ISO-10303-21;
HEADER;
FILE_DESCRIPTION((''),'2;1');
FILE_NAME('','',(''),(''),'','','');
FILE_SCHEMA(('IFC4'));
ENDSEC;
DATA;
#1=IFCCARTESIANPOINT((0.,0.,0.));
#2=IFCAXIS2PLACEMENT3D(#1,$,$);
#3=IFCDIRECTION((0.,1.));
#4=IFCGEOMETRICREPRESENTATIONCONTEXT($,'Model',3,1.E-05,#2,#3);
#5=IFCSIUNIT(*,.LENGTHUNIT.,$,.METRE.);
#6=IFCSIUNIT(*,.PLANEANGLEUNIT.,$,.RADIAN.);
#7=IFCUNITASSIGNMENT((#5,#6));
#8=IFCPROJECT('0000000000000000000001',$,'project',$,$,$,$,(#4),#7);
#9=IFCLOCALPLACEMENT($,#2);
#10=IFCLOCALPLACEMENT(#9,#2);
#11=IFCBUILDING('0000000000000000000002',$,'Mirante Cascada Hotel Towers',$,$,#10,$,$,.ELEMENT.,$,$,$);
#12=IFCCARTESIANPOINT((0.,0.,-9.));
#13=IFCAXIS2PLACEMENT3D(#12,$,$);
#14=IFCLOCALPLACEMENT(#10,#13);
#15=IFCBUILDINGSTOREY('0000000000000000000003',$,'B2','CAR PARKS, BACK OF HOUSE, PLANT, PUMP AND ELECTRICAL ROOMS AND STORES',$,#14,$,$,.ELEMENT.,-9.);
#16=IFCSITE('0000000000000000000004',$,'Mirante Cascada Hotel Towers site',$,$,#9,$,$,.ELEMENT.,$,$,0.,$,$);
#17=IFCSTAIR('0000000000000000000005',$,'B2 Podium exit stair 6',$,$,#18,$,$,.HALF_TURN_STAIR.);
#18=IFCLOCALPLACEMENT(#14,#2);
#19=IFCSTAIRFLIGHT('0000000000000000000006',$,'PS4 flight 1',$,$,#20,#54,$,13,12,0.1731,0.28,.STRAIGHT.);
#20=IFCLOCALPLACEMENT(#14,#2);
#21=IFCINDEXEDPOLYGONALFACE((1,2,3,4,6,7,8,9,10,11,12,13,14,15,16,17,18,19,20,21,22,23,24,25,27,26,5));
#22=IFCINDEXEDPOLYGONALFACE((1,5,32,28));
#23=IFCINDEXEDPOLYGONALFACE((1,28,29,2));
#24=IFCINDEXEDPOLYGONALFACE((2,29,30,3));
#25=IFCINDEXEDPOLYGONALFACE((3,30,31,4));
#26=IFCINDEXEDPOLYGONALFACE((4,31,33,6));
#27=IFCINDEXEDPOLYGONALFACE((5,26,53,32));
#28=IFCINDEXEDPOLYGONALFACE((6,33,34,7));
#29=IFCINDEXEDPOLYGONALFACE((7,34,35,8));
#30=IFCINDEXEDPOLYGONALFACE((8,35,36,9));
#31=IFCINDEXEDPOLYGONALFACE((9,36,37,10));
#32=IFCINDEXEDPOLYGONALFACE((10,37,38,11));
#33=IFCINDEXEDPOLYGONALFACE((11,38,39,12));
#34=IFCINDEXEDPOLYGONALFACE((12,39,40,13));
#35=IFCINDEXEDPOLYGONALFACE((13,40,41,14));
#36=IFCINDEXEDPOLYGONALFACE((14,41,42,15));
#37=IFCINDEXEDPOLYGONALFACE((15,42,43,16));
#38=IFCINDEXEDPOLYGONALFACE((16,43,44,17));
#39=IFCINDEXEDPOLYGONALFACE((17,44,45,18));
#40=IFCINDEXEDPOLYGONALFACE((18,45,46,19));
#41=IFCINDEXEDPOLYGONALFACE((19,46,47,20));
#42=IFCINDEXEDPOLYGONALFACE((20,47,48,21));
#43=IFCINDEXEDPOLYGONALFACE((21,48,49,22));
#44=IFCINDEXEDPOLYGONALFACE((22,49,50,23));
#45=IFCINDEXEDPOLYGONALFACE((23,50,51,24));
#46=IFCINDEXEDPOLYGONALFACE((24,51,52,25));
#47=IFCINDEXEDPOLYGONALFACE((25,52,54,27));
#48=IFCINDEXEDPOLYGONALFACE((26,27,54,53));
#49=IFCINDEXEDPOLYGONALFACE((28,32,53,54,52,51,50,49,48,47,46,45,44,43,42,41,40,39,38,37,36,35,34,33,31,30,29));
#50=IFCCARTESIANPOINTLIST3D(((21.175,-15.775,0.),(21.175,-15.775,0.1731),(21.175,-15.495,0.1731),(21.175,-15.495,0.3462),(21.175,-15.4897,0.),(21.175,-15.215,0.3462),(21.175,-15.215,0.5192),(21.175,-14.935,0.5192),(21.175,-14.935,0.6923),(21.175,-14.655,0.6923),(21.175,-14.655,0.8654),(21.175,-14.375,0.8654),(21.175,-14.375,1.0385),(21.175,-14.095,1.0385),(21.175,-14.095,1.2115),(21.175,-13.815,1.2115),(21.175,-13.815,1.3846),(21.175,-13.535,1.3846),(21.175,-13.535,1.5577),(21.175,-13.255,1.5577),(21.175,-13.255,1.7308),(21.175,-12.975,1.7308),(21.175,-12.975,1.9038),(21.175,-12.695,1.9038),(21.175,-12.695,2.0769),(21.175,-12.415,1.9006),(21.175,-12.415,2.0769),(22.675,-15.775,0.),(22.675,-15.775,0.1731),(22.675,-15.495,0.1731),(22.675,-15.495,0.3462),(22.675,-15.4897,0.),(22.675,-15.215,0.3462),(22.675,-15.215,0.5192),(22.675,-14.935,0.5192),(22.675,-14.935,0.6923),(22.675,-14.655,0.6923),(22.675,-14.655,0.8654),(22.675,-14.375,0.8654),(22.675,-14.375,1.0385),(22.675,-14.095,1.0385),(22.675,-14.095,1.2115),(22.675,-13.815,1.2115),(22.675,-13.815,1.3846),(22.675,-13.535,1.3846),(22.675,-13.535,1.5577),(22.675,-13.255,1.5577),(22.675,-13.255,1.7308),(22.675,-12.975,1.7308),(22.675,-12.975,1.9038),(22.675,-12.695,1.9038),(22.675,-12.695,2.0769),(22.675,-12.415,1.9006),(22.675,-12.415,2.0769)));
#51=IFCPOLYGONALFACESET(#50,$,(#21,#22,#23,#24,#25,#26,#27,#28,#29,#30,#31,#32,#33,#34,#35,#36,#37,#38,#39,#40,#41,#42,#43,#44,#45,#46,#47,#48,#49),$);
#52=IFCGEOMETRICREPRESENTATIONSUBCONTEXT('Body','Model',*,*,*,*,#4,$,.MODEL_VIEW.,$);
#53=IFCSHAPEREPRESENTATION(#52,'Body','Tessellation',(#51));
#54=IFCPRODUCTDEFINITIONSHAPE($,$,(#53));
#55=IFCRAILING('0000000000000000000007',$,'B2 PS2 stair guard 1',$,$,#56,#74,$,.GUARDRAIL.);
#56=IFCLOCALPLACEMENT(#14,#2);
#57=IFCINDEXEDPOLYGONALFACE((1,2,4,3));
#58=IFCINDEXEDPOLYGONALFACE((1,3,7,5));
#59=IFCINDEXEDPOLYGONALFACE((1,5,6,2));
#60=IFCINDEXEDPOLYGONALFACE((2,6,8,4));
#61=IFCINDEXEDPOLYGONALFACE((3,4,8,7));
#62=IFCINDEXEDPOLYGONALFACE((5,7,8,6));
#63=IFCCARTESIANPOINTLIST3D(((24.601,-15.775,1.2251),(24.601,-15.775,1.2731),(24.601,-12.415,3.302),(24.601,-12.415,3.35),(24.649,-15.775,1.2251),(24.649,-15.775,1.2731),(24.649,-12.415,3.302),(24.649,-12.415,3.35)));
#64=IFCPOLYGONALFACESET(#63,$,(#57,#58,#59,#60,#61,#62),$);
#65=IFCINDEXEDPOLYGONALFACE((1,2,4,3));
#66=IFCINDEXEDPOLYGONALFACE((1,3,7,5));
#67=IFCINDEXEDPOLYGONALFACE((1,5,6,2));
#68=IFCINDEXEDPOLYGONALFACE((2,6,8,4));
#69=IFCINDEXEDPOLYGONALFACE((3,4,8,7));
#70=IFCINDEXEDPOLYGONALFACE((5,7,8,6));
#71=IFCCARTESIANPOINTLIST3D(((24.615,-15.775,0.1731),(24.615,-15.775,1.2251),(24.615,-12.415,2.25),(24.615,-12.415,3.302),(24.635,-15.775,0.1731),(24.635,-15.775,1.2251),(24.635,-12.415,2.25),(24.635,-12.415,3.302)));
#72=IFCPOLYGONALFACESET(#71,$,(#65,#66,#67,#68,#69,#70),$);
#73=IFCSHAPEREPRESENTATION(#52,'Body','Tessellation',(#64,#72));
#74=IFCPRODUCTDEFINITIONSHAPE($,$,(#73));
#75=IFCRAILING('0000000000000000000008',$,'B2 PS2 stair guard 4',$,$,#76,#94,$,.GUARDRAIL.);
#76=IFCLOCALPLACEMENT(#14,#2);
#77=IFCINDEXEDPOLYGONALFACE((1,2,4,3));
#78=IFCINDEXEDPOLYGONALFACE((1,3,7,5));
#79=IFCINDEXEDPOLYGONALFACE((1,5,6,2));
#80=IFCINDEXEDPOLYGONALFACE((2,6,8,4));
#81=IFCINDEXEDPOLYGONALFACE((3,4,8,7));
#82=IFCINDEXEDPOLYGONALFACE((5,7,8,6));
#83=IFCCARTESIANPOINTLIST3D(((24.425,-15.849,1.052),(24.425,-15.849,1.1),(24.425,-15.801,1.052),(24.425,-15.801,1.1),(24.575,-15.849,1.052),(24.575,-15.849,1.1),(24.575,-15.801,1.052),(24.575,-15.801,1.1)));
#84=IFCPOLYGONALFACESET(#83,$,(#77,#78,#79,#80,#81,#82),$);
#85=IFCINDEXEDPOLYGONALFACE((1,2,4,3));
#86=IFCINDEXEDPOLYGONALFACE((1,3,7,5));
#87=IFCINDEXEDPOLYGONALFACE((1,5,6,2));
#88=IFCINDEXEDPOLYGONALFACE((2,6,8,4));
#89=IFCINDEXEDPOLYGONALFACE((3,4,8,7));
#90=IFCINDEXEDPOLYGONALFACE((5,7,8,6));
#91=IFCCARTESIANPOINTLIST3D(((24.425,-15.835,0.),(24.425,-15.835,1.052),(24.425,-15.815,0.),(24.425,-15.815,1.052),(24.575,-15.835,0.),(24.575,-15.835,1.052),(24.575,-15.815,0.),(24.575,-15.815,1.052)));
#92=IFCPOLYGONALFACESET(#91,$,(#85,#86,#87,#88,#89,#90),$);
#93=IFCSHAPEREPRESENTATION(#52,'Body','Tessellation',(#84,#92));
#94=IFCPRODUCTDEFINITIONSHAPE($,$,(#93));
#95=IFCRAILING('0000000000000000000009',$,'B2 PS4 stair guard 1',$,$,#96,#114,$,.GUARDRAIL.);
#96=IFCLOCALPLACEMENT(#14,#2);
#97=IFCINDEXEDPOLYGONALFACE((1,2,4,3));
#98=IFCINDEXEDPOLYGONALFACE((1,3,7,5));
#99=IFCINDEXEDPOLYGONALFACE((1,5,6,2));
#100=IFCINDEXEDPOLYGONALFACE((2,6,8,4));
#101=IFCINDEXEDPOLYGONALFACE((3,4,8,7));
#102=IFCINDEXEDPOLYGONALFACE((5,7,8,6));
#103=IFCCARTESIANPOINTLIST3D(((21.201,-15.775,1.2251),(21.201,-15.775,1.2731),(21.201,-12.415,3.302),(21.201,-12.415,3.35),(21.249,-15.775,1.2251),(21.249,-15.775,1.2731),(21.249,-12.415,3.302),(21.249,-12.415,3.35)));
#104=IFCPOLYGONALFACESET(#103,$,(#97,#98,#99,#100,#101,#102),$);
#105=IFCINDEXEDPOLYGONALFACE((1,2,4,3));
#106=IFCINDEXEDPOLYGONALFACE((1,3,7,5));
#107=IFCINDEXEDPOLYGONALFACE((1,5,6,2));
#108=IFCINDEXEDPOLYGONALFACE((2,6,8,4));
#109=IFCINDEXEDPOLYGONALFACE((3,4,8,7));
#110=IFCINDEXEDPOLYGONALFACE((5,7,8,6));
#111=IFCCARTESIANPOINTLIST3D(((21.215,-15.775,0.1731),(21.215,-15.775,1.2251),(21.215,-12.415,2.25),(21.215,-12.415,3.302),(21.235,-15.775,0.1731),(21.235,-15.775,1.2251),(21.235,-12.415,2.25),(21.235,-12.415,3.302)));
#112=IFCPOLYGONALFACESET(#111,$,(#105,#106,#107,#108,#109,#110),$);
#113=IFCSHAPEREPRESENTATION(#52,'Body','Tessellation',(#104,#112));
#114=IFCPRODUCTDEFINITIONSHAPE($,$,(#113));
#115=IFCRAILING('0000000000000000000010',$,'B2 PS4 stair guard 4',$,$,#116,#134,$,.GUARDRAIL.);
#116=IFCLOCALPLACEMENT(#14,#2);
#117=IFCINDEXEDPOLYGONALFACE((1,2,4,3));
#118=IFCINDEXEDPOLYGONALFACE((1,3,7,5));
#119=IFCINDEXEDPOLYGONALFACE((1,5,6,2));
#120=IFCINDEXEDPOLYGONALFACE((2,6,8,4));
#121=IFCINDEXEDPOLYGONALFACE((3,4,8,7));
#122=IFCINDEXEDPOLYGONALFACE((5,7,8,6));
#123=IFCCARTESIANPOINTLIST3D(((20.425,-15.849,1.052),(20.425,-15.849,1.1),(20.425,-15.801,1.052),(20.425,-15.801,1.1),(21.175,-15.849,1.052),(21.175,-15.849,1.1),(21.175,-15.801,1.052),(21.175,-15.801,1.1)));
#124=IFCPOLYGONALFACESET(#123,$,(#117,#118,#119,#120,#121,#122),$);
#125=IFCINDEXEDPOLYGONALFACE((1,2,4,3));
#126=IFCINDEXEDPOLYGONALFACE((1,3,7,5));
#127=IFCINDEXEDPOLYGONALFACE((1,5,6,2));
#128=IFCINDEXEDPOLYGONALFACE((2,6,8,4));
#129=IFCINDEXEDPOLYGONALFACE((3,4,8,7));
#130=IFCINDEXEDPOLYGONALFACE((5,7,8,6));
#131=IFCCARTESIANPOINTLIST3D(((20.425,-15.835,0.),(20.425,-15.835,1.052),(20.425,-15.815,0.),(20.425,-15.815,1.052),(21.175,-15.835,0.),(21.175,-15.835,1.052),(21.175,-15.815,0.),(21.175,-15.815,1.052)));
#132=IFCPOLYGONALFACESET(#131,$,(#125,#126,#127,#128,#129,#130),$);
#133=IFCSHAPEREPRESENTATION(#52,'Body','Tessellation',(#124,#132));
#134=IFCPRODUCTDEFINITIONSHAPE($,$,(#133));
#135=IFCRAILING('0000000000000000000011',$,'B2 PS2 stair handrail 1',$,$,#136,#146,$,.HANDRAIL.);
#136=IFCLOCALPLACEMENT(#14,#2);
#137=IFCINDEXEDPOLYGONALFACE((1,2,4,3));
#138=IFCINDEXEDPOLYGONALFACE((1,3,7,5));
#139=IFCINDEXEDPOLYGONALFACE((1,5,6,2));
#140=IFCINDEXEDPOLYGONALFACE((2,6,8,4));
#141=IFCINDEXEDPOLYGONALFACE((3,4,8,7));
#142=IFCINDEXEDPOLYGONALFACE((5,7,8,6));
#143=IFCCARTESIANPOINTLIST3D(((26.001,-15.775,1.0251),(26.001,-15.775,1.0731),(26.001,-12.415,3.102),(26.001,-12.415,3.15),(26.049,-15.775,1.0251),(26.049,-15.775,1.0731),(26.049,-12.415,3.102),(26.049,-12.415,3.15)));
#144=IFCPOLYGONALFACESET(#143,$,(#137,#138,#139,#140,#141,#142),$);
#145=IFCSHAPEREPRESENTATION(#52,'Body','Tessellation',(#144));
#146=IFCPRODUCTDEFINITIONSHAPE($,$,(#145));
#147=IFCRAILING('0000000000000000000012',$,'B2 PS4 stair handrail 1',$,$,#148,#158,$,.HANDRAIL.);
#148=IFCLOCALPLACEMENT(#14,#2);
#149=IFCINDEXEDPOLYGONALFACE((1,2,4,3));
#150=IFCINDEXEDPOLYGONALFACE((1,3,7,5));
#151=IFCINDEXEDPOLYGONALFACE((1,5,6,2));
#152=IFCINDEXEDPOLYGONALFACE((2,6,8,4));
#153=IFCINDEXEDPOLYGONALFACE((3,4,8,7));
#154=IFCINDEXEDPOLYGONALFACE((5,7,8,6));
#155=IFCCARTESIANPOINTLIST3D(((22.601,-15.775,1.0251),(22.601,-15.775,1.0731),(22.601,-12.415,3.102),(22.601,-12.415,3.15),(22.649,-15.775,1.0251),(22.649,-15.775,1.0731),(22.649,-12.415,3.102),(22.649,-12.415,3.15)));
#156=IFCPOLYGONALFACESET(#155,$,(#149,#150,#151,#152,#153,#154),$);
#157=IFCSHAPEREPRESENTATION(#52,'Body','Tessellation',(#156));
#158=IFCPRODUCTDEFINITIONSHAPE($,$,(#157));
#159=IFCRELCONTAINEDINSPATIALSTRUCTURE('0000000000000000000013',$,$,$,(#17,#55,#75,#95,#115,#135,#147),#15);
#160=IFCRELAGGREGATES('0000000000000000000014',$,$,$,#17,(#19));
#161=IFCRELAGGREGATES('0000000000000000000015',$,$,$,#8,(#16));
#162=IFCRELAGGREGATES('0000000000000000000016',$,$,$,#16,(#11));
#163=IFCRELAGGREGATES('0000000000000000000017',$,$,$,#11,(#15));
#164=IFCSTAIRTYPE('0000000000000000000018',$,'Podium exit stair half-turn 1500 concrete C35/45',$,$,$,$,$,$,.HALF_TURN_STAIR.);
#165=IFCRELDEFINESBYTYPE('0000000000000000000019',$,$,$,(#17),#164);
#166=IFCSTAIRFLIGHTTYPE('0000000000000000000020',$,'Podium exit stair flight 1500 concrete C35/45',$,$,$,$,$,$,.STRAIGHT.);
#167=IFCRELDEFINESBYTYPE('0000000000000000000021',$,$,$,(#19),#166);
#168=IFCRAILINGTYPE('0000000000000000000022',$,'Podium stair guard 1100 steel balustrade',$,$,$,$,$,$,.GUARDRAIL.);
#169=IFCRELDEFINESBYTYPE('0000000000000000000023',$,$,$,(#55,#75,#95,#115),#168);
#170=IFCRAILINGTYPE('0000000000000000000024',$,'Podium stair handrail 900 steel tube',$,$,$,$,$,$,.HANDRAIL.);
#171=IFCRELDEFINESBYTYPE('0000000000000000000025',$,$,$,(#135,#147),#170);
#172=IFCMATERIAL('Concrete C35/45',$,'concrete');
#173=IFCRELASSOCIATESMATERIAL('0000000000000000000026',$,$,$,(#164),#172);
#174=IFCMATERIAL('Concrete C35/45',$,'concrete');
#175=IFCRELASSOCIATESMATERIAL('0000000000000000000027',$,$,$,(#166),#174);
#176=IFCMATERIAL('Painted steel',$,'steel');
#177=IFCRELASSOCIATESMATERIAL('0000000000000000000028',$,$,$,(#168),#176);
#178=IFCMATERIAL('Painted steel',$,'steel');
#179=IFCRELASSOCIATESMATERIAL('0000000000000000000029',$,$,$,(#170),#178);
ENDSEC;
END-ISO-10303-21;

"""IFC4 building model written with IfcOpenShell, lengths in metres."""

from ifc_helpers import new_model, si_unit, direction, frame, origin, origin_2d, place, context, subcontext, project, spatial, polyline, rectangle, outline, extrude, material, type_object, element, aggregate, save


model = new_model("IFC4")

# Units and contexts
model_context = context("Model", 3, precision=1e-05, world=origin(), true_north=direction((0.0, 1.0)))
body_context = subcontext(model_context, "Body", "Model", "MODEL_VIEW")
ifc_project = project(units=[si_unit("LENGTHUNIT", "METRE"), si_unit("PLANEANGLEUNIT", "RADIAN")], contexts=[model_context])

# Site, building, storey
site_placement = place(None, origin())
site = spatial("IfcSite", under=ifc_project, at=site_placement, Name="Mirante Cascada Hotel Towers site", CompositionType="ELEMENT", RefElevation=0.0)
building_placement = place(site_placement, origin())
building = spatial("IfcBuilding", under=site, at=building_placement, Name="Mirante Cascada Hotel Towers", CompositionType="ELEMENT")
storey_placement = place(building_placement, frame((0.0, 0.0, -9.0)))
storey = spatial("IfcBuildingStorey", under=building, at=storey_placement, Name="B2", Description="CAR PARKS, BACK OF HOUSE, PLANT, PUMP AND ELECTRICAL ROOMS AND STORES", CompositionType="ELEMENT", Elevation=-9.0)

# Stair, stair flight
ifc_material_1 = material(Name="Concrete C35/45", Category="concrete")
stair_type = type_object("IfcStairType", Name="Podium exit stair half-turn 1500 concrete C35/45", PredefinedType="HALF_TURN_STAIR", material=ifc_material_1)
ifc_material_2 = material(Name="Concrete C35/45", Category="concrete")
stair_flight_type = type_object("IfcStairFlightType", Name="Podium exit stair flight 1500 concrete C35/45", PredefinedType="STRAIGHT", material=ifc_material_2)
stair_1_placement = place(storey_placement, origin())
stair_1 = element("IfcStair", 1, at=stair_1_placement, inside=storey, type_object=stair_type, Name="B2 Podium exit stair 6", PredefinedType="HALF_TURN_STAIR")
stair_flight_1_placement = place(storey_placement, frame((21.925, -15.775, 0.0), z_axis=(0.0, 0.0, 1.0), x_axis=(0.0, 1.0, 0.0)))
stair_flight_1 = element("IfcStairFlight", 2, at=stair_flight_1_placement, type_object=stair_flight_type, Name="PS4 flight 1", NumberOfRisers=13, NumberOfTreads=12, PredefinedType="STRAIGHT", RiserHeight=0.1731, TreadLength=0.28, context=body_context, shape_type="SweptSolid", body=[
    extrude(outline(polyline([(0.0, 0.0), (0.0, 0.1731), (0.28, 0.1731), (0.28, 0.3462), (0.56, 0.3462), (0.56, 0.5192), (0.84, 0.5192), (0.84, 0.6923), (1.12, 0.6923), (1.12, 0.8654), (1.4, 0.8654), (1.4, 1.0385), (1.68, 1.0385), (1.68, 1.2115), (1.96, 1.2115), (1.96, 1.3846), (2.24, 1.3846), (2.24, 1.5577), (2.52, 1.5577), (2.52, 1.7308), (2.8, 1.7308), (2.8, 1.9038), (3.08, 1.9038), (3.08, 2.0769), (3.36, 2.0769), (3.36, 2.25), (3.36, 1.9006), (0.2853, 0.0), (0.0, 0.0)])), frame((0.0, 0.75, 0.0), z_axis=(0.0, -1.0, 0.0), x_axis=(1.0, 0.0, 0.0)), (0.0, 0.0, 1.0), 1.5),
])
aggregate(stair_1, [stair_flight_1])

# Railings
ifc_material_3 = material(Name="Painted steel", Category="steel")
railing_type_1 = type_object("IfcRailingType", Name="Podium stair guard 1100 steel balustrade", PredefinedType="GUARDRAIL", material=ifc_material_3)
railing_1_placement = place(storey_placement, frame((24.625, -15.775, 0.1731)))
element("IfcRailing", 3, at=railing_1_placement, inside=storey, type_object=railing_type_1, Name="B2 PS2 stair guard 1", PredefinedType="GUARDRAIL", context=body_context, shape_type="SweptSolid", body=[
    extrude(rectangle(XDim=0.048, YDim=0.048, at=origin_2d()), frame((0.0, 0.0, 1.076), z_axis=(0.0, 1.0, 0.0), x_axis=(-1.0, 0.0, 0.0)), (0.0, 0.525787, 0.850616), 3.9501),
    extrude(rectangle(XDim=0.02, YDim=1.052, at=origin_2d()), frame((0.0, 0.0, 0.526), z_axis=(0.0, 1.0, 0.0), x_axis=(-1.0, 0.0, 0.0)), (0.0, 0.525787, 0.850616), 3.9501),
])
railing_2_placement = place(storey_placement, frame((24.575, -15.825, 0.0)))
element("IfcRailing", 4, at=railing_2_placement, inside=storey, type_object=railing_type_1, Name="B2 PS2 stair guard 4", PredefinedType="GUARDRAIL", context=body_context, shape_type="SweptSolid", body=[
    extrude(rectangle(XDim=0.048, YDim=0.048, at=origin_2d()), frame((0.0, 0.0, 1.076), z_axis=(-1.0, 0.0, 0.0), x_axis=(0.0, -1.0, 0.0)), (0.0, 0.0, 1.0), 0.15),
    extrude(rectangle(XDim=0.02, YDim=1.052, at=origin_2d()), frame((0.0, 0.0, 0.526), z_axis=(-1.0, 0.0, 0.0), x_axis=(0.0, -1.0, 0.0)), (0.0, 0.0, 1.0), 0.15),
])
railing_3_placement = place(storey_placement, frame((21.225, -15.775, 0.1731)))
element("IfcRailing", 5, at=railing_3_placement, inside=storey, type_object=railing_type_1, Name="B2 PS4 stair guard 1", PredefinedType="GUARDRAIL", context=body_context, shape_type="SweptSolid", body=[
    extrude(rectangle(XDim=0.048, YDim=0.048, at=origin_2d()), frame((0.0, 0.0, 1.076), z_axis=(0.0, 1.0, 0.0), x_axis=(-1.0, 0.0, 0.0)), (0.0, 0.525787, 0.850616), 3.9501),
    extrude(rectangle(XDim=0.02, YDim=1.052, at=origin_2d()), frame((0.0, 0.0, 0.526), z_axis=(0.0, 1.0, 0.0), x_axis=(-1.0, 0.0, 0.0)), (0.0, 0.525787, 0.850616), 3.9501),
])
railing_4_placement = place(storey_placement, frame((21.175, -15.825, 0.0)))
element("IfcRailing", 6, at=railing_4_placement, inside=storey, type_object=railing_type_1, Name="B2 PS4 stair guard 4", PredefinedType="GUARDRAIL", context=body_context, shape_type="SweptSolid", body=[
    extrude(rectangle(XDim=0.048, YDim=0.048, at=origin_2d()), frame((0.0, 0.0, 1.076), z_axis=(-1.0, 0.0, 0.0), x_axis=(0.0, -1.0, 0.0)), (0.0, 0.0, 1.0), 0.75),
    extrude(rectangle(XDim=0.02, YDim=1.052, at=origin_2d()), frame((0.0, 0.0, 0.526), z_axis=(-1.0, 0.0, 0.0), x_axis=(0.0, -1.0, 0.0)), (0.0, 0.0, 1.0), 0.75),
])
ifc_material_4 = material(Name="Painted steel", Category="steel")
railing_type_2 = type_object("IfcRailingType", Name="Podium stair handrail 900 steel tube", PredefinedType="HANDRAIL", material=ifc_material_4)
for number, where, name in (
    (7, (26.025, -15.775, 0.1731), "B2 PS2 stair handrail 1"),
    (8, (22.625, -15.775, 0.1731), "B2 PS4 stair handrail 1"),
):
    element("IfcRailing", number, at=place(storey_placement, frame(where)), inside=storey, type_object=railing_type_2, Name=name, PredefinedType="HANDRAIL", context=body_context, shape_type="SweptSolid", body=[
        extrude(rectangle(XDim=0.048, YDim=0.048, at=origin_2d()), frame((0.0, 0.0, 0.876), z_axis=(0.0, 1.0, 0.0), x_axis=(-1.0, 0.0, 0.0)), (0.0, 0.525787, 0.850616), 3.9501),
    ])

save(model, "model.ifc")
